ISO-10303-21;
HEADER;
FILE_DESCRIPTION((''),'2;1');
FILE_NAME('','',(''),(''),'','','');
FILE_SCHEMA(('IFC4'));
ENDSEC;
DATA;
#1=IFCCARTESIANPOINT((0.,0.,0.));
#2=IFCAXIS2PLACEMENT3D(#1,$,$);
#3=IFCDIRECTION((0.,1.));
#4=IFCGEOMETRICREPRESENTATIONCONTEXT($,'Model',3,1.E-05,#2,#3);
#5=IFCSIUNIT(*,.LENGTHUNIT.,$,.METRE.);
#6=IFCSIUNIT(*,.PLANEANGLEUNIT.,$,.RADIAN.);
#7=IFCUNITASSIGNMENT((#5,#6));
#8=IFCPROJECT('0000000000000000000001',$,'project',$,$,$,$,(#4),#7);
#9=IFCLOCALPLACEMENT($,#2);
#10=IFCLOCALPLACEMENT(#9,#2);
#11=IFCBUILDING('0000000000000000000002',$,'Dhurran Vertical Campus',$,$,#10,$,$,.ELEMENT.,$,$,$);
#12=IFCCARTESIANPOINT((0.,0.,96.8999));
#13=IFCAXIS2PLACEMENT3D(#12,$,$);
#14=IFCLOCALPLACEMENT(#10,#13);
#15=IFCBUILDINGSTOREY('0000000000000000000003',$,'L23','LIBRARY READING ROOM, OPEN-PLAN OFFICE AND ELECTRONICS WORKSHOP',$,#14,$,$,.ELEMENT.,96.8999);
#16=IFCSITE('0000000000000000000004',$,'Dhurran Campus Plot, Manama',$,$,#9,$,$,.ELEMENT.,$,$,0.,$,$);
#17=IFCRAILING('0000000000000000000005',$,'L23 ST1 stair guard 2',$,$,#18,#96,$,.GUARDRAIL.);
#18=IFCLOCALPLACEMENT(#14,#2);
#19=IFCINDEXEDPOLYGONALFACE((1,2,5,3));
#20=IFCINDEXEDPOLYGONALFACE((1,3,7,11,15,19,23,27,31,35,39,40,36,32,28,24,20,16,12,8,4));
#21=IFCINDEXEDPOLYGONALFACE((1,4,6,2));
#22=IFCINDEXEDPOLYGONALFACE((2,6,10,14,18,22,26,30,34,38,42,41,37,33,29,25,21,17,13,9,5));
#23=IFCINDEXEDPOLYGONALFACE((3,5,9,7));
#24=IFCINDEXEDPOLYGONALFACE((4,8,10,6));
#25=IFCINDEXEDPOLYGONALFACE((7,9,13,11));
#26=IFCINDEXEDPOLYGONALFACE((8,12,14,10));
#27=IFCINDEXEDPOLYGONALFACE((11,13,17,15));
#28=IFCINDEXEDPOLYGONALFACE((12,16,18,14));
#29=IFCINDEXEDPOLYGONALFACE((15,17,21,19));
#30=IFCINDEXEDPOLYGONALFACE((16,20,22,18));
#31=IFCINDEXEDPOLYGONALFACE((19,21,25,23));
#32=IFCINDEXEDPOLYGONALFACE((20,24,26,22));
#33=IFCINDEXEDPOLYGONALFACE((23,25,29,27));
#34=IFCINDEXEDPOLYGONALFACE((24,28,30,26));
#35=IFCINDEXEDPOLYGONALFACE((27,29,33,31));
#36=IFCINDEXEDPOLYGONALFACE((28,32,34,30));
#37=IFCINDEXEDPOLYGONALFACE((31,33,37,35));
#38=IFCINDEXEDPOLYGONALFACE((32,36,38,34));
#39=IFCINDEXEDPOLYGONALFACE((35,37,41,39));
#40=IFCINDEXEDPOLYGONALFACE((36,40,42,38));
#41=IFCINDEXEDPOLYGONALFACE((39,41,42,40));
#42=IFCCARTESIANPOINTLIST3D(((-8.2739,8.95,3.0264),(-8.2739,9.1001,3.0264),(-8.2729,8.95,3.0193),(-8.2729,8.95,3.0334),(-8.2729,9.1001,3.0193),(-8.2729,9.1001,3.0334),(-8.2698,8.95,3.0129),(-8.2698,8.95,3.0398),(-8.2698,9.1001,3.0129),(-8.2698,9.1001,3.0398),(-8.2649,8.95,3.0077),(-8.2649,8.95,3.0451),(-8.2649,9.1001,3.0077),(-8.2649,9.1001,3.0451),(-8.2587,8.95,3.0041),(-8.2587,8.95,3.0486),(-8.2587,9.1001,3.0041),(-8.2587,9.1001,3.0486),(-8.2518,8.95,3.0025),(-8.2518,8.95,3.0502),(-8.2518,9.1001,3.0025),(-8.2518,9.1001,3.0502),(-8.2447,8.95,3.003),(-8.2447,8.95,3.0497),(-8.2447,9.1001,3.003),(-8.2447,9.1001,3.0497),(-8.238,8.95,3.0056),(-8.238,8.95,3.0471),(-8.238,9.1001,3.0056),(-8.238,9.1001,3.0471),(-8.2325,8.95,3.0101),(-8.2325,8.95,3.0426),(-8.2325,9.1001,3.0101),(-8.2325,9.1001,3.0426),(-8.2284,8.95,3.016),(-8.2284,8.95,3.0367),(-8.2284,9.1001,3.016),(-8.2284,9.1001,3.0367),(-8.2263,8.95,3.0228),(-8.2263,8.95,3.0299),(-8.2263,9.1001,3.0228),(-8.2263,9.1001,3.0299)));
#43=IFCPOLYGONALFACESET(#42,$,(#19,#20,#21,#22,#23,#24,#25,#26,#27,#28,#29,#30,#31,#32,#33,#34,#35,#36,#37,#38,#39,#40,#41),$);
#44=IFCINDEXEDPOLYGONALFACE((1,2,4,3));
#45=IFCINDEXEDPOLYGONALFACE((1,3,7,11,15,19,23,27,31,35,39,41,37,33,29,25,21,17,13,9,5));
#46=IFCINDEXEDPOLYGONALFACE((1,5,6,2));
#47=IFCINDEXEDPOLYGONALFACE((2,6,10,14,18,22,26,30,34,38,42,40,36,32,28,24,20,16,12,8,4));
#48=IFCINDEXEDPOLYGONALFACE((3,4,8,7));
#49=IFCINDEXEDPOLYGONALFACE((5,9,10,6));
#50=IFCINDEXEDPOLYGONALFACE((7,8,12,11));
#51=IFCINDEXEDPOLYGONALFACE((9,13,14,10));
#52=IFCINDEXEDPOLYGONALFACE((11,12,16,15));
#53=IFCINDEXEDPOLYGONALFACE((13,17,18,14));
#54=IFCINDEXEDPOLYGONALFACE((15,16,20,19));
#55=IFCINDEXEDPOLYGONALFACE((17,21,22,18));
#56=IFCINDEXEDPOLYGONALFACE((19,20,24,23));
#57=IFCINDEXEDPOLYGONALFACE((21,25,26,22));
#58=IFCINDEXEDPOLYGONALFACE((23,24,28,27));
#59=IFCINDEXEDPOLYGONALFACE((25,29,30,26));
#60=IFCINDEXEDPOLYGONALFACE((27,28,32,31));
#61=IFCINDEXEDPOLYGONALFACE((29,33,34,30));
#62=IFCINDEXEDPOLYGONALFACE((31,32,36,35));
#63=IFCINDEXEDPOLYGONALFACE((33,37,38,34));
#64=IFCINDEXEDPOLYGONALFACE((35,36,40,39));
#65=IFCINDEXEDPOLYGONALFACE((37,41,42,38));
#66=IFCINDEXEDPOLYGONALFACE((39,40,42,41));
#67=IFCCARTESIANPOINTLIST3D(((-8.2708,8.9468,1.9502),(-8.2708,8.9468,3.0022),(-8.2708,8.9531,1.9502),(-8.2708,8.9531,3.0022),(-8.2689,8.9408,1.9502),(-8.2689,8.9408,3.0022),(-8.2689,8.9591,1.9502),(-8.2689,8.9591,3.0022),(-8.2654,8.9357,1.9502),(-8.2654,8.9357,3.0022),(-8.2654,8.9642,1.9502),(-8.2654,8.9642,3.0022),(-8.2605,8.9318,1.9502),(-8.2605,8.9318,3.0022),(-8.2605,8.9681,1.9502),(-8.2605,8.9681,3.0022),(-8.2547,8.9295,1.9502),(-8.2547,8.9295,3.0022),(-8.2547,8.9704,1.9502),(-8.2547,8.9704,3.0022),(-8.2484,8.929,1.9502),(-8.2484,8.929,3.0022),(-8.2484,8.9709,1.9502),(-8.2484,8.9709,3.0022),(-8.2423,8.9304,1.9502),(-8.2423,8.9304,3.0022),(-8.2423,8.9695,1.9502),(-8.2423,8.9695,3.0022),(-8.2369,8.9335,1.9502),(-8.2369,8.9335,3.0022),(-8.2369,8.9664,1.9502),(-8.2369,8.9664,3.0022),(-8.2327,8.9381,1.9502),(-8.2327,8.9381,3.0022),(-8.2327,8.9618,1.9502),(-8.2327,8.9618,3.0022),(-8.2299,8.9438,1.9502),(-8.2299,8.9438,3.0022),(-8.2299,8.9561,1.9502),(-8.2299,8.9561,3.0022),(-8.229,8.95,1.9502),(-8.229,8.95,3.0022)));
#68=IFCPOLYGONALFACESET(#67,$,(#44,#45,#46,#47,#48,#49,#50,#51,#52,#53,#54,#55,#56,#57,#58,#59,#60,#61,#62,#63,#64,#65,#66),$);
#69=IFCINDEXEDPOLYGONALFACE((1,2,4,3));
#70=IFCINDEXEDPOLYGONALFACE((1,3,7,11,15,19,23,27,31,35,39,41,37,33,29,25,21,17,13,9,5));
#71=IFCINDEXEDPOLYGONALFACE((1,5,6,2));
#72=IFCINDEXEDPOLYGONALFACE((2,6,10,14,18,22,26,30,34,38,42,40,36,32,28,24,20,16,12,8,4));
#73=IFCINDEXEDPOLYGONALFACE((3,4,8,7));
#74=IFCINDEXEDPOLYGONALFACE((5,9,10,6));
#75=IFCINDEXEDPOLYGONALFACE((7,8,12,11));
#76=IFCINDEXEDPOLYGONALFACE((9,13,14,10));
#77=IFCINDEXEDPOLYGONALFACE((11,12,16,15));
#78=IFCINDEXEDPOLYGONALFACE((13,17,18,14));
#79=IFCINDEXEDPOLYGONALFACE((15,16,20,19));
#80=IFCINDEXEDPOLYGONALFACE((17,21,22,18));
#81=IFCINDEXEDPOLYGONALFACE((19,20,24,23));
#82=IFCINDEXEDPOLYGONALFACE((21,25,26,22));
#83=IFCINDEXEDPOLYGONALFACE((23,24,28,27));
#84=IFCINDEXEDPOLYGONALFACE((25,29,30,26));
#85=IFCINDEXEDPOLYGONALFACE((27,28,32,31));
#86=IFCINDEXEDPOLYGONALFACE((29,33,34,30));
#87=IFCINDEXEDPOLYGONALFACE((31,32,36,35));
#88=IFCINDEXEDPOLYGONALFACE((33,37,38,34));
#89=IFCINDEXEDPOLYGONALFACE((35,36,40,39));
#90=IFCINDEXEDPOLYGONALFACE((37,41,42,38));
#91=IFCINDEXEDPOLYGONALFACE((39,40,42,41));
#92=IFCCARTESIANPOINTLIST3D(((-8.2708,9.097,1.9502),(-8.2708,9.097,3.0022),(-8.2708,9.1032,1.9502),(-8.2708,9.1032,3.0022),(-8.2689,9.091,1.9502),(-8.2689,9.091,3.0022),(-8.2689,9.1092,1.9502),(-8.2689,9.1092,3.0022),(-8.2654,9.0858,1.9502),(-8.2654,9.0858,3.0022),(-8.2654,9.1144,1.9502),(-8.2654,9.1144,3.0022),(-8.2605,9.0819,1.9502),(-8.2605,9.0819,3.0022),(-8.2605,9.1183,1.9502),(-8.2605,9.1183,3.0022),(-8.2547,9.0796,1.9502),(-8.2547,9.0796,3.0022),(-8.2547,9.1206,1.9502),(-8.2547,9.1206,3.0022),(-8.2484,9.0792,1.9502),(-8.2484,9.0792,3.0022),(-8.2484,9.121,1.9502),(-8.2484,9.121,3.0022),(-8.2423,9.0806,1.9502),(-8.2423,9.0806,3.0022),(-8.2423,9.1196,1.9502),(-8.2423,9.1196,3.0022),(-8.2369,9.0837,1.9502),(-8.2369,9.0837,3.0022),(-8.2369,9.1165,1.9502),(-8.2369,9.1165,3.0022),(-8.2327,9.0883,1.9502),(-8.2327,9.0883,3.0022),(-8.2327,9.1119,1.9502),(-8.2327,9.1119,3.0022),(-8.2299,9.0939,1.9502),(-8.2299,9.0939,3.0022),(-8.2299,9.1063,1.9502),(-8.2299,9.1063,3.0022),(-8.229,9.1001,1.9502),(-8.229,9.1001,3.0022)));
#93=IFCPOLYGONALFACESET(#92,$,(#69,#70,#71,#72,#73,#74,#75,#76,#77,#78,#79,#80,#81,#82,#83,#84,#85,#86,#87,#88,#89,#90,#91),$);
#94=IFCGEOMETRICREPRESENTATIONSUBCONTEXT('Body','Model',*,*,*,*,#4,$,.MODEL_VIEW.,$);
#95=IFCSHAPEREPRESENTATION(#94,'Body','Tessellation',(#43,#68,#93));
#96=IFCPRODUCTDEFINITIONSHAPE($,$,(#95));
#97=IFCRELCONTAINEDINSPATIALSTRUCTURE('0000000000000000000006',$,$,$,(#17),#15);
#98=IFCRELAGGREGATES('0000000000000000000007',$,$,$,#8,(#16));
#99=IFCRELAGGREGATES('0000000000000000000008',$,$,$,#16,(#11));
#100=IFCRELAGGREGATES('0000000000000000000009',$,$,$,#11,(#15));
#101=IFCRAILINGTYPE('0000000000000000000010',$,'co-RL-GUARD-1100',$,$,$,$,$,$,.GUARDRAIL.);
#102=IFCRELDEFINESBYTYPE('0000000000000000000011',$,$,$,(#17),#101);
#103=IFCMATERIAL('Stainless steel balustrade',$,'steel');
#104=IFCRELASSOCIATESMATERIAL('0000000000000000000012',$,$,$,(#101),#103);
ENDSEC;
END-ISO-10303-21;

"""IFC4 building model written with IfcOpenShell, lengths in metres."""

from ifc_helpers import new_model, si_unit, direction, frame, origin, origin_2d, place, context, subcontext, project, spatial, circle, extrude, material, type_object, element, save


model = new_model("IFC4")

# Units and contexts
model_context = context("Model", 3, precision=1e-05, world=origin(), true_north=direction((0.0, 1.0)))
body_context = subcontext(model_context, "Body", "Model", "MODEL_VIEW")
ifc_project = project(units=[si_unit("LENGTHUNIT", "METRE"), si_unit("PLANEANGLEUNIT", "RADIAN")], contexts=[model_context])

# Site, building, storey
site_placement = place(None, origin())
site = spatial("IfcSite", under=ifc_project, at=site_placement, Name="Dhurran Campus Plot, Manama", CompositionType="ELEMENT", RefElevation=0.0)
building_placement = place(site_placement, origin())
building = spatial("IfcBuilding", under=site, at=building_placement, Name="Dhurran Vertical Campus", CompositionType="ELEMENT")
storey_placement = place(building_placement, frame((0.0, 0.0, 96.8999)))
storey = spatial("IfcBuildingStorey", under=building, at=storey_placement, Name="L23", Description="LIBRARY READING ROOM, OPEN-PLAN OFFICE AND ELECTRONICS WORKSHOP", CompositionType="ELEMENT", Elevation=96.8999)

# Railing
ifc_material_1 = material(Name="Stainless steel balustrade", Category="steel")
railing_type_1 = type_object("IfcRailingType", Name="co-RL-GUARD-1100", PredefinedType="GUARDRAIL", material=ifc_material_1)
railing_1_placement = place(storey_placement, frame((-8.25, 8.95, 1.9502)))
element("IfcRailing", 1, at=railing_1_placement, inside=storey, type_object=railing_type_1, Name="L23 ST1 stair guard 2", PredefinedType="GUARDRAIL", context=body_context, shape_type="SweptSolid", body=[
    extrude(circle(Radius=0.0239, at=origin_2d()), frame((0.0, 0.0, 1.0762), z_axis=(0.0, 1.0, 0.0), x_axis=(-1.0, 0.0, 0.0)), (0.0, 0.0, 1.0), 0.1501),
    extrude(circle(Radius=0.021, at=origin_2d()), origin(), (0.0, 0.0, 1.0), 1.052),
    extrude(circle(Radius=0.021, at=origin_2d()), frame((0.0, 0.1501, 0.0)), (0.0, 0.0, 1.0), 1.052),
])

save(model, "model.ifc")
